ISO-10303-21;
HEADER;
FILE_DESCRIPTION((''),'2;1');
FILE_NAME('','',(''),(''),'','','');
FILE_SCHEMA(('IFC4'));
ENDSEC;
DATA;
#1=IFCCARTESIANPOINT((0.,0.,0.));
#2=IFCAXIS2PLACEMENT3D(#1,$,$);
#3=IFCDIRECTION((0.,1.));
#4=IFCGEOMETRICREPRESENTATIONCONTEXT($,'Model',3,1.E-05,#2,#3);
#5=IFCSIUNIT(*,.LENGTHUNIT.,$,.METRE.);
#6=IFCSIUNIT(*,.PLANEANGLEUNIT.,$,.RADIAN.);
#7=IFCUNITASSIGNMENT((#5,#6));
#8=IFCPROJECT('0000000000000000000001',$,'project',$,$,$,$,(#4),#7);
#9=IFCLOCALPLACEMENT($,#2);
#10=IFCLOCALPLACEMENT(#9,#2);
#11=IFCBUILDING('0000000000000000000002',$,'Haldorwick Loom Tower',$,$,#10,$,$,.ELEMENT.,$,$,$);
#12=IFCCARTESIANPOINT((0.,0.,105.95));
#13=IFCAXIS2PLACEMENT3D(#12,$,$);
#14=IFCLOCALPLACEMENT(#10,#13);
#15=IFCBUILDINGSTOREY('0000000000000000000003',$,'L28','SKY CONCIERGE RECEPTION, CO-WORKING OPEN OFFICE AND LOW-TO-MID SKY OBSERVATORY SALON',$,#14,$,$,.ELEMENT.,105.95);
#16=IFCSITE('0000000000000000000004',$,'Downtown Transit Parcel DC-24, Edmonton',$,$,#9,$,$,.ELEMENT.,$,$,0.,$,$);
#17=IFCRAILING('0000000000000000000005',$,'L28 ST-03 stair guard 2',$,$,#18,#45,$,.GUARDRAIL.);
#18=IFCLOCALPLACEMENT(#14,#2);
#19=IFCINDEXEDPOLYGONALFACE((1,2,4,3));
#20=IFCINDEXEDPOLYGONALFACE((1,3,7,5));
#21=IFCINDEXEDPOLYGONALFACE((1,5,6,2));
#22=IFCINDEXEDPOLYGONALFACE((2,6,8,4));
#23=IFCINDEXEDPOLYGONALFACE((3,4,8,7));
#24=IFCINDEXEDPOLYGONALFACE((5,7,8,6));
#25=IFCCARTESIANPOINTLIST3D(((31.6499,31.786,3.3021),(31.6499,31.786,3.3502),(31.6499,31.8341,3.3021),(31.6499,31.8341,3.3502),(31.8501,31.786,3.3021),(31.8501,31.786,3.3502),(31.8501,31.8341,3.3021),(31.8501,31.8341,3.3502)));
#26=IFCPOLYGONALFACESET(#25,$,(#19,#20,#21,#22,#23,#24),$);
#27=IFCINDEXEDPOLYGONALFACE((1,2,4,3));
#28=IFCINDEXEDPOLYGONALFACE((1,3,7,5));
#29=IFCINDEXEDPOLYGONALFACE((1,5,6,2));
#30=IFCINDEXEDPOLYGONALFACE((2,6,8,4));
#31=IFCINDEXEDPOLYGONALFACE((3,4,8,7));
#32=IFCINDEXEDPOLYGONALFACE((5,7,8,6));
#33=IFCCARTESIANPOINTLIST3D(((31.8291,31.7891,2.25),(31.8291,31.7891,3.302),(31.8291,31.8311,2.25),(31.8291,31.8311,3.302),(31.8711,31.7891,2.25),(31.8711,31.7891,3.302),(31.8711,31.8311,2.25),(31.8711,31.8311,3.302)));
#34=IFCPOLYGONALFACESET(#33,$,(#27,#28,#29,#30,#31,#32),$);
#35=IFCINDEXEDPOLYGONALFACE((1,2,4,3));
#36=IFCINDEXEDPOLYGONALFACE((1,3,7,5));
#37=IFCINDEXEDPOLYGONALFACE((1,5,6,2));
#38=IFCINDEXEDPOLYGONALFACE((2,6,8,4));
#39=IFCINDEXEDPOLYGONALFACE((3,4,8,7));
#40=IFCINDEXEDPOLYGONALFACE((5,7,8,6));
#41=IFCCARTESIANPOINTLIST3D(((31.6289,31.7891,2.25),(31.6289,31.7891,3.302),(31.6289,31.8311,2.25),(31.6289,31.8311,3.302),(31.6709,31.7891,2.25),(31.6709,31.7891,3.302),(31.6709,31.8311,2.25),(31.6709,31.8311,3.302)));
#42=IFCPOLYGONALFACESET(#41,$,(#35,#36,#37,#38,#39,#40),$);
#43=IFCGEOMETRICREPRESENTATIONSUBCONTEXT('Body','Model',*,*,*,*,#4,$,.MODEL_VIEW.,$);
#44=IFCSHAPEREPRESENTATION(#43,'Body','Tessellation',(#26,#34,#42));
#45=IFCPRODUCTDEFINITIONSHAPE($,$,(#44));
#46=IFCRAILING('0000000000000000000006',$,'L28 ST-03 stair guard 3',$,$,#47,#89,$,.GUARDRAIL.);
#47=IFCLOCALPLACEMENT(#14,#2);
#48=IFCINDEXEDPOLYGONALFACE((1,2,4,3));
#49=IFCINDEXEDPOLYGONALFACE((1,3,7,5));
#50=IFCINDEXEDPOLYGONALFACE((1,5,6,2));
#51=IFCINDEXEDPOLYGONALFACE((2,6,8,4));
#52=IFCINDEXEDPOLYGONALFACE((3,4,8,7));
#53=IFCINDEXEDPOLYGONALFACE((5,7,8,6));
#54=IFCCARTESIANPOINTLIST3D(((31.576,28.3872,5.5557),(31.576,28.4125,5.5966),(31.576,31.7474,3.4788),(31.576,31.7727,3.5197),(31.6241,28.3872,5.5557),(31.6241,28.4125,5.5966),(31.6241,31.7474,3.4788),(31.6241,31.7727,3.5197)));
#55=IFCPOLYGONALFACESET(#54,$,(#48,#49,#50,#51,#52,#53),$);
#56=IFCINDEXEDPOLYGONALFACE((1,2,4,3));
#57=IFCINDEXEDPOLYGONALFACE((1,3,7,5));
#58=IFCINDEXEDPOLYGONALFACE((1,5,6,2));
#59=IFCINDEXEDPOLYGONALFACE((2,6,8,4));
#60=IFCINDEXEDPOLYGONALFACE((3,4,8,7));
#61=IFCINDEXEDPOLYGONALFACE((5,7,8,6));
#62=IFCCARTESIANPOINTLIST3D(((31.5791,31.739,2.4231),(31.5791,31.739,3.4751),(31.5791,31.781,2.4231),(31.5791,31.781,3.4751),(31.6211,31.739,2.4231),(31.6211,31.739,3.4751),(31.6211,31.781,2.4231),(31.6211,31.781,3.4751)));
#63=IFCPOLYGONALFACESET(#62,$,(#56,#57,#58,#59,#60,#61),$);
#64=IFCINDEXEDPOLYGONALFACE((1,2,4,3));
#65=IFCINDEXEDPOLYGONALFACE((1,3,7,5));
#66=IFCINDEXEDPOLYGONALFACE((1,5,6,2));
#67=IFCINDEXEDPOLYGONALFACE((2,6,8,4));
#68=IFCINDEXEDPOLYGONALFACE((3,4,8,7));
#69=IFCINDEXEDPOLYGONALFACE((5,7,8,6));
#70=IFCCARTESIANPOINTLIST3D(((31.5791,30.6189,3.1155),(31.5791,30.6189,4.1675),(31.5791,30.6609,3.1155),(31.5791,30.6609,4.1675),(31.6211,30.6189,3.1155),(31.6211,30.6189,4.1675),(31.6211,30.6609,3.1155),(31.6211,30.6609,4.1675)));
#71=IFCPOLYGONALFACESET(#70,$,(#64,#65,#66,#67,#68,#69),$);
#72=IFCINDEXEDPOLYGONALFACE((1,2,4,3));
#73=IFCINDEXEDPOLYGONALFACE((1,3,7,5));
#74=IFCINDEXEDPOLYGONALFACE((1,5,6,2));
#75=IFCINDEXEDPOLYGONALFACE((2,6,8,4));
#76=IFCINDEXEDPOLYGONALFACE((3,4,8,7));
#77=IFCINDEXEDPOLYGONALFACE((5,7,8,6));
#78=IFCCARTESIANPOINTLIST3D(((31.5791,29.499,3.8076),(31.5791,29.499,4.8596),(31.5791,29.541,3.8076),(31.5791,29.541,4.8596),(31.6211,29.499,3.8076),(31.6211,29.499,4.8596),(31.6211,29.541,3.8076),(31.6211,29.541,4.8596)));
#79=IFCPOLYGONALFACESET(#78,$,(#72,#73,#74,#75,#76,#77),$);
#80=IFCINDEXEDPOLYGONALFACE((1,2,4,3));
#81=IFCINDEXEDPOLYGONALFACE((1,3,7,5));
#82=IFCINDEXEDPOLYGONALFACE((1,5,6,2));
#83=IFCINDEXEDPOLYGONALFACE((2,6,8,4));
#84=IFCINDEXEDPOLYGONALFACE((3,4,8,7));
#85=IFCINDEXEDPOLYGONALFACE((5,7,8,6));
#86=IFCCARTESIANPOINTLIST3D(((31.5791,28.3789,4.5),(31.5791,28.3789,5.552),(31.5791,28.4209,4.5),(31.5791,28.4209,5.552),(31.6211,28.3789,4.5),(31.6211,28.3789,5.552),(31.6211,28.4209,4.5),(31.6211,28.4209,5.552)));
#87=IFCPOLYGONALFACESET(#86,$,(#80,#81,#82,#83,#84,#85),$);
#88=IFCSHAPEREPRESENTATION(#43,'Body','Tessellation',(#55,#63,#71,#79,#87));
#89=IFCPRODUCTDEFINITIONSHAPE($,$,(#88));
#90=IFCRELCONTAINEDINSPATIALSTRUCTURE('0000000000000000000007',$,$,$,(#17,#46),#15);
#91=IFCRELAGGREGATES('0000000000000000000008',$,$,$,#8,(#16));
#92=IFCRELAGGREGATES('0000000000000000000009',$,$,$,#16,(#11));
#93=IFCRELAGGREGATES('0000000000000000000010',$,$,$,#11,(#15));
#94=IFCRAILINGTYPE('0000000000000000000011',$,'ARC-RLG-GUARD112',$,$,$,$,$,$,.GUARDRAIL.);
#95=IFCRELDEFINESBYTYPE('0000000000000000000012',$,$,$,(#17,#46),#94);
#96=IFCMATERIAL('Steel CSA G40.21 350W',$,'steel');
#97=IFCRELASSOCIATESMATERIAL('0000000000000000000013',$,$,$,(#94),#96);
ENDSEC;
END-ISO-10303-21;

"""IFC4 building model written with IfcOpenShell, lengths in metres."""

from ifc_helpers import new_model, si_unit, direction, frame, origin, origin_2d, place, context, subcontext, project, spatial, rectangle, extrude, material, type_object, element, save


model = new_model("IFC4")

# Units and contexts
model_context = context("Model", 3, precision=1e-05, world=origin(), true_north=direction((0.0, 1.0)))
body_context = subcontext(model_context, "Body", "Model", "MODEL_VIEW")
ifc_project = project(units=[si_unit("LENGTHUNIT", "METRE"), si_unit("PLANEANGLEUNIT", "RADIAN")], contexts=[model_context])

# Site, building, storey
site_placement = place(None, origin())
site = spatial("IfcSite", under=ifc_project, at=site_placement, Name="Downtown Transit Parcel DC-24, Edmonton", CompositionType="ELEMENT", RefElevation=0.0)
building_placement = place(site_placement, origin())
building = spatial("IfcBuilding", under=site, at=building_placement, Name="Haldorwick Loom Tower", CompositionType="ELEMENT")
storey_placement = place(building_placement, frame((0.0, 0.0, 105.95)))
storey = spatial("IfcBuildingStorey", under=building, at=storey_placement, Name="L28", Description="SKY CONCIERGE RECEPTION, CO-WORKING OPEN OFFICE AND LOW-TO-MID SKY OBSERVATORY SALON", CompositionType="ELEMENT", Elevation=105.95)

# Shared definitions
ifc_material_1 = material(Name="Steel CSA G40.21 350W", Category="steel")

# Railings
railing_type = type_object("IfcRailingType", Name="ARC-RLG-GUARD112", PredefinedType="GUARDRAIL", material=ifc_material_1)
railing_1_placement = place(storey_placement, frame((31.8501, 31.8101, 2.25)))
element("IfcRailing", 1, at=railing_1_placement, inside=storey, type_object=railing_type, Name="L28 ST-03 stair guard 2", PredefinedType="GUARDRAIL", context=body_context, shape_type="SweptSolid", body=[
    extrude(rectangle(XDim=0.0481, YDim=0.0481, at=origin_2d()), frame((0.0, 0.0, 1.0762), z_axis=(-1.0, 0.0, 0.0), x_axis=(0.0, -1.0, 0.0)), (0.0, 0.0, 1.0), 0.2002),
    extrude(rectangle(XDim=0.042, YDim=0.042, at=origin_2d()), origin(), (0.0, 0.0, 1.0), 1.052),
    extrude(rectangle(XDim=0.042, YDim=0.042, at=origin_2d()), frame((-0.2002, 0.0, 0.0)), (0.0, 0.0, 1.0), 1.052),
])
railing_2_placement = place(storey_placement, frame((31.6001, 31.76, 2.4231)))
element("IfcRailing", 2, at=railing_2_placement, inside=storey, type_object=railing_type, Name="L28 ST-03 stair guard 3", PredefinedType="GUARDRAIL", context=body_context, shape_type="SweptSolid", body=[
    extrude(rectangle(XDim=0.0481, YDim=0.0481, at=origin_2d()), frame((0.0, 0.0, 1.0762), z_axis=(0.0, -0.850623, 0.525776), x_axis=(1.0, 0.0, 0.0)), (0.0, 0.0, 1.0), 3.9502),
    extrude(rectangle(XDim=0.042, YDim=0.042, at=origin_2d()), origin(), (0.0, 0.0, 1.0), 1.052),
    extrude(rectangle(XDim=0.042, YDim=0.042, at=origin_2d()), frame((0.0, -1.1201, 0.6924)), (0.0, 0.0, 1.0), 1.052),
    extrude(rectangle(XDim=0.042, YDim=0.042, at=origin_2d()), frame((0.0, -2.24, 1.3845)), (0.0, 0.0, 1.0), 1.052),
    extrude(rectangle(XDim=0.042, YDim=0.042, at=origin_2d()), frame((0.0, -3.3601, 2.0769)), (0.0, 0.0, 1.0), 1.052),
])

save(model, "model.ifc")
